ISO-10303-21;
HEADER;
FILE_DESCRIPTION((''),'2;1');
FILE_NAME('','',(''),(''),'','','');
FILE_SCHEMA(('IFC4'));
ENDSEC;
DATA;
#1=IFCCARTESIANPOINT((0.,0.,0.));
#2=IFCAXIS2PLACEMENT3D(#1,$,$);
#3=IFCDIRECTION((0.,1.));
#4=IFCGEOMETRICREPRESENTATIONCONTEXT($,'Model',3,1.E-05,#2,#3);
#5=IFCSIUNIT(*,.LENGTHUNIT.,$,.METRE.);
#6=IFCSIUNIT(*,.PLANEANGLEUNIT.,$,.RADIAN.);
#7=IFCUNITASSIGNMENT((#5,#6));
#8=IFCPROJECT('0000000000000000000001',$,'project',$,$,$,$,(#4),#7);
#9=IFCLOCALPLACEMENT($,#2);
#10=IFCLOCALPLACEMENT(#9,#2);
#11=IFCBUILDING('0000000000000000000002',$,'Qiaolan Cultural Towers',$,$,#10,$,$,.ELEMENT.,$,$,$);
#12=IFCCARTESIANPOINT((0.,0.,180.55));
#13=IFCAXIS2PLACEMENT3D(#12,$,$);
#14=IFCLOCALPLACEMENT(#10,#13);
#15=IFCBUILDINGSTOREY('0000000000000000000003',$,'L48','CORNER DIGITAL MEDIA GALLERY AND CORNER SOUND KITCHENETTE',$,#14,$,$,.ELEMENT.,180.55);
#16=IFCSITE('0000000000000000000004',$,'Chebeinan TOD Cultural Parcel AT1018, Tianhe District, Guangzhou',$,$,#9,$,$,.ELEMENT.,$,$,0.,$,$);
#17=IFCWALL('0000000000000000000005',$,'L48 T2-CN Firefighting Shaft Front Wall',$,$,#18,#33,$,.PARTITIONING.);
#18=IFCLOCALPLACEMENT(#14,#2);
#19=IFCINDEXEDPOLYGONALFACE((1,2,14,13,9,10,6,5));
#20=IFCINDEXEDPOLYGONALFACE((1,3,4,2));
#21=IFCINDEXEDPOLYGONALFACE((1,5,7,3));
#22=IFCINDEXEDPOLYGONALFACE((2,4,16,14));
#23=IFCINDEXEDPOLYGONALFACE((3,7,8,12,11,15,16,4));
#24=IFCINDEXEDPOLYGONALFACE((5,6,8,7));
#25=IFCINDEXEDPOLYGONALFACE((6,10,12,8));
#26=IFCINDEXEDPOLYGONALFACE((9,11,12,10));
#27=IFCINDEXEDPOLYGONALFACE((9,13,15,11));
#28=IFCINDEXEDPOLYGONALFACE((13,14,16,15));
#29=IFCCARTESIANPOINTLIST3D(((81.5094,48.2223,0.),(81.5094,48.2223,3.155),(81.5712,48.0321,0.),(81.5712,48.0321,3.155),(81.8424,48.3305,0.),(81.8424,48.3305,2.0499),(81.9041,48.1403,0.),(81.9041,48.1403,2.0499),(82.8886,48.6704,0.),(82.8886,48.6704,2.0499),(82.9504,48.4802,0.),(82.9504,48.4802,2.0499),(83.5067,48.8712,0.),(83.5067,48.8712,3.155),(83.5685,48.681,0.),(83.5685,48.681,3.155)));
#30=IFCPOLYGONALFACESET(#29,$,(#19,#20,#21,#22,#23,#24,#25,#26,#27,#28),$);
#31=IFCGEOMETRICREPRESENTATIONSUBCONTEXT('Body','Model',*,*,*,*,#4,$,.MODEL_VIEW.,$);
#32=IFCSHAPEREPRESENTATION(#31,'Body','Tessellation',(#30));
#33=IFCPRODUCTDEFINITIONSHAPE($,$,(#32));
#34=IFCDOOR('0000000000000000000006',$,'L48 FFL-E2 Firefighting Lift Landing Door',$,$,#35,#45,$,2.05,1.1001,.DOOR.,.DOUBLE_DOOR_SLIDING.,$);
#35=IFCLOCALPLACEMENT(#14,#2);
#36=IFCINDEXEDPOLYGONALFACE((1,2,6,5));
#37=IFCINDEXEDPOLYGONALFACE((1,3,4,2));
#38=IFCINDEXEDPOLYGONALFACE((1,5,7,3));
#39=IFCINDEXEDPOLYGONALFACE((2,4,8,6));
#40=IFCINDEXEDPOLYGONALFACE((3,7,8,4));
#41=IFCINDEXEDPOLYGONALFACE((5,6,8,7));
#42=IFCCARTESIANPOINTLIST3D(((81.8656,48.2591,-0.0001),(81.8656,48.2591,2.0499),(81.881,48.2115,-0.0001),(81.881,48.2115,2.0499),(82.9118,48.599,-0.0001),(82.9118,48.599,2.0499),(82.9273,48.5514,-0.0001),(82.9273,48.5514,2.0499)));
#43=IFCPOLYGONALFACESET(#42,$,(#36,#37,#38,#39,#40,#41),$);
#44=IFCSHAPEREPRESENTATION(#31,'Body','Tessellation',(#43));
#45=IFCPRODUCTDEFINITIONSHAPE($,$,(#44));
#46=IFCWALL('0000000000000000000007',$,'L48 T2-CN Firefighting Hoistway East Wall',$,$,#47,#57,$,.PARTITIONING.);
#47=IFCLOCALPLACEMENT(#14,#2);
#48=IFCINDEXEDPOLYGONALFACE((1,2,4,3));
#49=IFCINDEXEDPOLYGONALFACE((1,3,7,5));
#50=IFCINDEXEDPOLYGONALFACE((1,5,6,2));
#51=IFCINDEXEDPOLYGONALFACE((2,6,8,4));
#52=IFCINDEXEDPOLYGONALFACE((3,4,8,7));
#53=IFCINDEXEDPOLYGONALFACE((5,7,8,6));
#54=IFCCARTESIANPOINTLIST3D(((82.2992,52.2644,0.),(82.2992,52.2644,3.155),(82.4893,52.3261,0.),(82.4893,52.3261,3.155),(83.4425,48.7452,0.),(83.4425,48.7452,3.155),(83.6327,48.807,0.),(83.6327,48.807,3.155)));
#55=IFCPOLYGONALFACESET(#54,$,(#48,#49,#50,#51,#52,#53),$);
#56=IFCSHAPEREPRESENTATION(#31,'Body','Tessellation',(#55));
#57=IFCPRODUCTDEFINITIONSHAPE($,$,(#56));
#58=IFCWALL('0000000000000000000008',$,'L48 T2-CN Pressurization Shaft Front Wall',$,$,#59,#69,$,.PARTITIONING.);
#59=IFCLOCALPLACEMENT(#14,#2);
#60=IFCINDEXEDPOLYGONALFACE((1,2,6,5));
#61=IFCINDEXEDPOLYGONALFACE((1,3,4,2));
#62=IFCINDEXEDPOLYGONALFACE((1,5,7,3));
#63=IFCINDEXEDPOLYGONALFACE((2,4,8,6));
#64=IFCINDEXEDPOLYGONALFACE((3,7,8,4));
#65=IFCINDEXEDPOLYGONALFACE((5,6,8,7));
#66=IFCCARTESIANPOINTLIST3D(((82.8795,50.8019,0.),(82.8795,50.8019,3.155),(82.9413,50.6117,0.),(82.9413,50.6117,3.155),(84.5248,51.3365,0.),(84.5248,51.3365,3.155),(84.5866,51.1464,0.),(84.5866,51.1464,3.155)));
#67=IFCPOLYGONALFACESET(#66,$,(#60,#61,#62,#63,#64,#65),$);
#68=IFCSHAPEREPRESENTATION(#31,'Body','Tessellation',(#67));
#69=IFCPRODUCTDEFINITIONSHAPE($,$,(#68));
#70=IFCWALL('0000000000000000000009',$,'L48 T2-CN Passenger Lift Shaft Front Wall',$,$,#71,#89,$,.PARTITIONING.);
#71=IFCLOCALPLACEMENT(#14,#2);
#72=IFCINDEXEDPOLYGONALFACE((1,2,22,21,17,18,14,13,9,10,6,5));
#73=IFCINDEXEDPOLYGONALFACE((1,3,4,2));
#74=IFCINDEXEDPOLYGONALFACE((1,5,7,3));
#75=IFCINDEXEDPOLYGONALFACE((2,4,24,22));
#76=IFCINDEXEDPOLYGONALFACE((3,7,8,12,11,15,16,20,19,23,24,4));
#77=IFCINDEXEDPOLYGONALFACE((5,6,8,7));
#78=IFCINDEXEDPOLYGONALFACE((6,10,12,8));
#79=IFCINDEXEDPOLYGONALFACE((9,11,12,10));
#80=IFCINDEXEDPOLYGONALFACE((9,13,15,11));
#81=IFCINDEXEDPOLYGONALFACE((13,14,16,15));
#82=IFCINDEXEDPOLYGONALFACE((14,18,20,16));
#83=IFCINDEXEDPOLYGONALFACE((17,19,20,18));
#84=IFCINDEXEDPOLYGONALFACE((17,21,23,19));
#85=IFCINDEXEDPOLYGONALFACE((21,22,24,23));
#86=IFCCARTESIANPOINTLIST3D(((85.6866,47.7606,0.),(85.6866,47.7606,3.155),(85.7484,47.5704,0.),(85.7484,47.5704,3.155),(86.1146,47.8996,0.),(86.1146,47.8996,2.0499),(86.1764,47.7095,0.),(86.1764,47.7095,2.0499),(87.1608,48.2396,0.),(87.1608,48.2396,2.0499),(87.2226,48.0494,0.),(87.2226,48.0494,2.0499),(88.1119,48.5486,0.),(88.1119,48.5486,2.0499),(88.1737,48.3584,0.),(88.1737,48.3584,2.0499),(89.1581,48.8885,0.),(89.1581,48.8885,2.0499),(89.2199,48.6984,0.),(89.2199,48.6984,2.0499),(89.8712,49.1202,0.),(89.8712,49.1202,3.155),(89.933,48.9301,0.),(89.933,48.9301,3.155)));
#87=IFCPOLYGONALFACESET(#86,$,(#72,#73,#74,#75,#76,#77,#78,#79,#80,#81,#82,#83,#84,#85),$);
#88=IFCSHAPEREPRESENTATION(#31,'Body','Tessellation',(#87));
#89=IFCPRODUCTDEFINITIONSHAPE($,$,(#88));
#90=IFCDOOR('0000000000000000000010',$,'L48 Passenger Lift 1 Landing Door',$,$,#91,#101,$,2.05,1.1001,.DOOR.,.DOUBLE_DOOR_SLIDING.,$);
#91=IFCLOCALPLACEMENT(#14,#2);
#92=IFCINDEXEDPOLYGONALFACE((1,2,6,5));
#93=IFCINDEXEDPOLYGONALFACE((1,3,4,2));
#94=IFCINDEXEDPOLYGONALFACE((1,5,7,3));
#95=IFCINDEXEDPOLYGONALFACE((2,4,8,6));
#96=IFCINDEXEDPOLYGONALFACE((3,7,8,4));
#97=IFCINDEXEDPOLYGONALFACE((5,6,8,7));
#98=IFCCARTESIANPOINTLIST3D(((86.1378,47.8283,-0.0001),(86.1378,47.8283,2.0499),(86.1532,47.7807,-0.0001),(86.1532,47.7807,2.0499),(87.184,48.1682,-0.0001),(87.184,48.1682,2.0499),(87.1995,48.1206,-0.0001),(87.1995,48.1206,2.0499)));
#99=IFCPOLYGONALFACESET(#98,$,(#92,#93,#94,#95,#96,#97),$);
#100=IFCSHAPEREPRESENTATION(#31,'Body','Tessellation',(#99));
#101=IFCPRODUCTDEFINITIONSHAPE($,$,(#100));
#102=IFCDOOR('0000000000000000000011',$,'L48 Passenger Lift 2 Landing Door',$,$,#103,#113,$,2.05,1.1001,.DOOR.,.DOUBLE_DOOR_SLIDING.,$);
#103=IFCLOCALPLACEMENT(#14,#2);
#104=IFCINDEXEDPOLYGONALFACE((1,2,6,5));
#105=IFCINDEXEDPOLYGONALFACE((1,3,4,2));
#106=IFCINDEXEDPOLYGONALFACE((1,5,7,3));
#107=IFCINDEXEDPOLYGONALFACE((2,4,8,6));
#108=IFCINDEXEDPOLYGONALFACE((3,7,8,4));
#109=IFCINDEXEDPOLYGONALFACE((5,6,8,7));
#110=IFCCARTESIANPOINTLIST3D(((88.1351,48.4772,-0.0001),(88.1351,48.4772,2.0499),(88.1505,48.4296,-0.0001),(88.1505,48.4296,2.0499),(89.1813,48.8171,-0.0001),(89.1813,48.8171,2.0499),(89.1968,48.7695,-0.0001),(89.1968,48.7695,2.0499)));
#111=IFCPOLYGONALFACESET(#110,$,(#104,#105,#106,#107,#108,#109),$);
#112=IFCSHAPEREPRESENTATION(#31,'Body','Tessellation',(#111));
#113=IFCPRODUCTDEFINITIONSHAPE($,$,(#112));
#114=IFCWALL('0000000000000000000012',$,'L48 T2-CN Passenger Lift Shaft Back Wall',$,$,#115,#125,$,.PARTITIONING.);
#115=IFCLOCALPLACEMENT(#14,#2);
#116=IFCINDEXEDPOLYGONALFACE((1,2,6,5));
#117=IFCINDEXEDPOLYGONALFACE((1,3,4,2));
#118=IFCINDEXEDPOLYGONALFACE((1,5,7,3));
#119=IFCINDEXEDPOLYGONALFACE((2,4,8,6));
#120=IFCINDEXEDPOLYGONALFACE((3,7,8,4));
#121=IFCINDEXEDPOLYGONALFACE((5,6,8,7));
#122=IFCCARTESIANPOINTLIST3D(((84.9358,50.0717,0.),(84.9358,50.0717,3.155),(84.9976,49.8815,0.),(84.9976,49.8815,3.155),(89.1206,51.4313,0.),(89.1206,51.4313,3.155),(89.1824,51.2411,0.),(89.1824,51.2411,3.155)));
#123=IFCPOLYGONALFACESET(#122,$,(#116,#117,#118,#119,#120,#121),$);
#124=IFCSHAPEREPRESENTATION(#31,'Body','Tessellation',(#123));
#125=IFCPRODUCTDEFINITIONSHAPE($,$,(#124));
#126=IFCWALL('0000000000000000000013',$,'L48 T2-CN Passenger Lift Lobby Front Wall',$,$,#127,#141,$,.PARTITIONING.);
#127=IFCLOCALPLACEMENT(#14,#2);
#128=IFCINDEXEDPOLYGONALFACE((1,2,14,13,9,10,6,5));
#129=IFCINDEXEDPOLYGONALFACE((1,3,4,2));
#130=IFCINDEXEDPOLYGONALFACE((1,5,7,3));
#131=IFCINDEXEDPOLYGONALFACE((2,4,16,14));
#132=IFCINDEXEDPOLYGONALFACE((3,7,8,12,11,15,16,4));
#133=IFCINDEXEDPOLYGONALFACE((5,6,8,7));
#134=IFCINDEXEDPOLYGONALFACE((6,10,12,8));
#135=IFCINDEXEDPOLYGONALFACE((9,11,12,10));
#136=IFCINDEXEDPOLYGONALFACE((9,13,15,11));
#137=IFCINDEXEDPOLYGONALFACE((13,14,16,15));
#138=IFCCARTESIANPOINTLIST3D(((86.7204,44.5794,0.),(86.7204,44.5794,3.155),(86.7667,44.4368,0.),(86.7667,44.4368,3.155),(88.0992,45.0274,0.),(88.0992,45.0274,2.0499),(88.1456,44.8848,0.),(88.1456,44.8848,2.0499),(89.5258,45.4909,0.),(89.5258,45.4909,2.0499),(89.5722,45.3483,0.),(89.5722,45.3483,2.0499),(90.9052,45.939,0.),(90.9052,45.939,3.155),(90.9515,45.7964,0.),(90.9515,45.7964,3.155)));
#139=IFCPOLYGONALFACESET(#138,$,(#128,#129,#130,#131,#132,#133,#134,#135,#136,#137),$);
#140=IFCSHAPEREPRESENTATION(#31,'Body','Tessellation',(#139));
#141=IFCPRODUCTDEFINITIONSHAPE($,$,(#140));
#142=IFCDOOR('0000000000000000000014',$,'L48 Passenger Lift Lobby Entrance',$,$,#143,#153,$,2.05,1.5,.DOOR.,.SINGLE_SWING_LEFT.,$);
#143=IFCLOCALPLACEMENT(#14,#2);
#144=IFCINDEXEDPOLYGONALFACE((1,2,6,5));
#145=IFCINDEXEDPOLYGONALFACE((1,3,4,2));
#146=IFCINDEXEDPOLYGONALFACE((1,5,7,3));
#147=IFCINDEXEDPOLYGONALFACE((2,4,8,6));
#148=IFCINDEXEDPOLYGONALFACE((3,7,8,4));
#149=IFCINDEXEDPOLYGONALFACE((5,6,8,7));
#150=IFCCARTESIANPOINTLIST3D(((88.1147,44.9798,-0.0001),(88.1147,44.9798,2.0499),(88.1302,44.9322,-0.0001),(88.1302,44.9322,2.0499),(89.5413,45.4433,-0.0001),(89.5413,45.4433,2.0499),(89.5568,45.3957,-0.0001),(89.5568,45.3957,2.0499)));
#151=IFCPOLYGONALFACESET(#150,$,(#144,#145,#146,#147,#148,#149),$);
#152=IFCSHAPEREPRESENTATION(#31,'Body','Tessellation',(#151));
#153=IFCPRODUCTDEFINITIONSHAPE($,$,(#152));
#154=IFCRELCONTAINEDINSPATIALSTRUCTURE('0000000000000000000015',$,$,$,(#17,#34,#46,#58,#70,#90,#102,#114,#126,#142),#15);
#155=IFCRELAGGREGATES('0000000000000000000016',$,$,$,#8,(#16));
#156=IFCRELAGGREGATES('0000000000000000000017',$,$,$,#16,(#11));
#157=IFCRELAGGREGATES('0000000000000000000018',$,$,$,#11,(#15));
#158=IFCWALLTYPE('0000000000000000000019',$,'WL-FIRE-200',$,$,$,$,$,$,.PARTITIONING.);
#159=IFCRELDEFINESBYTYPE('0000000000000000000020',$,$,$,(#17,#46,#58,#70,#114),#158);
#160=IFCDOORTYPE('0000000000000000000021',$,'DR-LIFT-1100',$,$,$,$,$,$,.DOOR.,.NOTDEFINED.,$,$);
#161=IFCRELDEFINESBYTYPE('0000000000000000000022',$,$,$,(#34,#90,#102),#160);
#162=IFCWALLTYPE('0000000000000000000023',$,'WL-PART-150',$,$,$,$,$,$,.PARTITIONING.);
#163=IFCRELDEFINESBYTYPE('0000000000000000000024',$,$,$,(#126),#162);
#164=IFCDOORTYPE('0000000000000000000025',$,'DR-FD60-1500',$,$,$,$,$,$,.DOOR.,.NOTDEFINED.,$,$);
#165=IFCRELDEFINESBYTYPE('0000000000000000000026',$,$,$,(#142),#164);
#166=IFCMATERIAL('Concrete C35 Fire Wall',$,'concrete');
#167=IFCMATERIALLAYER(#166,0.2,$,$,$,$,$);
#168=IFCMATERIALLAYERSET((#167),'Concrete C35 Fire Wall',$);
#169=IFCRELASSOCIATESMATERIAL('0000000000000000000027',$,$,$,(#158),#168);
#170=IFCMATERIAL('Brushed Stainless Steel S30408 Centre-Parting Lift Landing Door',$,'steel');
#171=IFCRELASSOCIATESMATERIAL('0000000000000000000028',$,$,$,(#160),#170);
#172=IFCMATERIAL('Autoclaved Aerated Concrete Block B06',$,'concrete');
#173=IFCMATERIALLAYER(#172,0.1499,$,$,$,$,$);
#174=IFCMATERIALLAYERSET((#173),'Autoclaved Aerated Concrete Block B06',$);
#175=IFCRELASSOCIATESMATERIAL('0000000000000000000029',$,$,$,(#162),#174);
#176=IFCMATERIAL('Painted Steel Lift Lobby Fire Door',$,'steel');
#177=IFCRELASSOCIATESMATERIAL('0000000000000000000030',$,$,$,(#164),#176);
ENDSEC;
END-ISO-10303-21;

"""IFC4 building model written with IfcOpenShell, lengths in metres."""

from ifc_helpers import new_model, si_unit, direction, frame, frame_2d, origin, place, context, subcontext, project, spatial, rectangle, extrude, material, layer, layer_set, type_object, element, fill, save


model = new_model("IFC4")

# Units and contexts
model_context = context("Model", 3, precision=1e-05, world=origin(), true_north=direction((0.0, 1.0)))
body_context = subcontext(model_context, "Body", "Model", "MODEL_VIEW")
ifc_project = project(units=[si_unit("LENGTHUNIT", "METRE"), si_unit("PLANEANGLEUNIT", "RADIAN")], contexts=[model_context])

# Site, building, storey
site_placement = place(None, origin())
site = spatial("IfcSite", under=ifc_project, at=site_placement, Name="Chebeinan TOD Cultural Parcel AT1018, Tianhe District, Guangzhou", CompositionType="ELEMENT", RefElevation=0.0)
building_placement = place(site_placement, origin())
building = spatial("IfcBuilding", under=site, at=building_placement, Name="Qiaolan Cultural Towers", CompositionType="ELEMENT")
storey_placement = place(building_placement, frame((0.0, 0.0, 180.55)))
storey = spatial("IfcBuildingStorey", under=building, at=storey_placement, Name="L48", Description="CORNER DIGITAL MEDIA GALLERY AND CORNER SOUND KITCHENETTE", CompositionType="ELEMENT", Elevation=180.55)

# Shared definitions
ifc_material_1 = material(Name="Concrete C35 Fire Wall", Category="concrete")
ifc_layer_1 = layer(ifc_material_1, 0.2)
ifc_layer_set_1 = layer_set([ifc_layer_1], Name="Concrete C35 Fire Wall")
wall_type_1 = type_object("IfcWallType", Name="WL-FIRE-200", PredefinedType="PARTITIONING", material=ifc_layer_set_1)

# Wall, opening, door
wall_1_placement = place(storey_placement, frame((81.5403, 48.1272, 0.0), z_axis=(0.0, 0.0, 1.0), x_axis=(0.951062, 0.308999, 0.0)))
wall_1 = element("IfcWall", 1, at=wall_1_placement, inside=storey, type_object=wall_type_1, Name="L48 T2-CN Firefighting Shaft Front Wall", PredefinedType="PARTITIONING", context=body_context, shape_type="SweptSolid", body=[
    extrude(rectangle(XDim=2.1001, YDim=0.2, at=frame_2d((1.05, 0.0))), origin(), (0.0, 0.0, 1.0), 3.155),
])
opening_1_placement = place(wall_1_placement, frame((0.3501, 0.0, 0.0)))
opening_1 = element("IfcOpeningElement", 2, at=opening_1_placement, cuts=wall_1, PredefinedType="OPENING", context=body_context, shape_type="SweptSolid", body=[
    extrude(rectangle(XDim=1.1001, YDim=2.05, at=frame_2d((0.55, 1.0249))), frame((0.0, 0.1099, 0.0), z_axis=(0.0, -1.0, 0.0), x_axis=(1.0, 0.0, 0.0)), (0.0, 0.0, 1.0), 0.22),
])
ifc_material_2 = material(Name="Brushed Stainless Steel S30408 Centre-Parting Lift Landing Door", Category="steel")
door_type_1 = type_object("IfcDoorType", Name="DR-LIFT-1100", OperationType="NOTDEFINED", PredefinedType="DOOR", material=ifc_material_2)
door_1_placement = place(opening_1_placement, origin())
door_1 = element("IfcDoor", 3, at=door_1_placement, inside=storey, type_object=door_type_1, Name="L48 FFL-E2 Firefighting Lift Landing Door", OperationType="DOUBLE_DOOR_SLIDING", OverallHeight=2.05, OverallWidth=1.1001, PredefinedType="DOOR", context=body_context, shape_type="SweptSolid", body=[
    extrude(rectangle(XDim=1.1001, YDim=2.05, at=frame_2d((0.55, 1.0249))), frame((0.0, 0.0249, 0.0), z_axis=(0.0, -1.0, 0.0), x_axis=(1.0, 0.0, 0.0)), (0.0, 0.0, 1.0), 0.05),
])
fill(opening_1, door_1)

# Walls
wall_2_placement = place(storey_placement, frame((83.5376, 48.7761, 0.0), z_axis=(0.0, 0.0, 1.0), x_axis=(-0.308994, 0.951064, 0.0)))
element("IfcWall", 4, at=wall_2_placement, inside=storey, type_object=wall_type_1, Name="L48 T2-CN Firefighting Hoistway East Wall", PredefinedType="PARTITIONING", context=body_context, shape_type="SweptSolid", body=[
    extrude(rectangle(XDim=3.7002, YDim=0.2, at=frame_2d((1.8501, 0.0))), origin(), (0.0, 0.0, 1.0), 3.155),
])
wall_3_placement = place(storey_placement, frame((82.9104, 50.7068, 0.0), z_axis=(0.0, 0.0, 1.0), x_axis=(0.951041, 0.309064, 0.0)))
element("IfcWall", 5, at=wall_3_placement, inside=storey, type_object=wall_type_1, Name="L48 T2-CN Pressurization Shaft Front Wall", PredefinedType="PARTITIONING", context=body_context, shape_type="SweptSolid", body=[
    extrude(rectangle(XDim=1.73, YDim=0.2, at=frame_2d((0.865, 0.0))), origin(), (0.0, 0.0, 1.0), 3.155),
])

# Wall, openings, doors
wall_4_placement = place(storey_placement, frame((85.7175, 47.6655, 0.0), z_axis=(0.0, 0.0, 1.0), x_axis=(0.951059, 0.309011, 0.0)))
wall_4 = element("IfcWall", 6, at=wall_4_placement, inside=storey, type_object=wall_type_1, Name="L48 T2-CN Passenger Lift Shaft Front Wall", PredefinedType="PARTITIONING", context=body_context, shape_type="SweptSolid", body=[
    extrude(rectangle(XDim=4.3999, YDim=0.2, at=frame_2d((2.2, 0.0))), origin(), (0.0, 0.0, 1.0), 3.155),
])
opening_2_placement = place(wall_4_placement, frame((0.45, 0.0, 0.0)))
opening_2 = element("IfcOpeningElement", 7, at=opening_2_placement, cuts=wall_4, PredefinedType="OPENING", context=body_context, shape_type="SweptSolid", body=[
    extrude(rectangle(XDim=1.1001, YDim=2.05, at=frame_2d((0.55, 1.0249))), frame((0.0, 0.1099, 0.0), z_axis=(0.0, -1.0, 0.0), x_axis=(1.0, 0.0, 0.0)), (0.0, 0.0, 1.0), 0.22),
])
opening_3_placement = place(wall_4_placement, frame((2.55, 0.0, 0.0)))
opening_3 = element("IfcOpeningElement", 8, at=opening_3_placement, cuts=wall_4, PredefinedType="OPENING", context=body_context, shape_type="SweptSolid", body=[
    extrude(rectangle(XDim=1.1001, YDim=2.05, at=frame_2d((0.55, 1.0249))), frame((0.0, 0.1099, 0.0), z_axis=(0.0, -1.0, 0.0), x_axis=(1.0, 0.0, 0.0)), (0.0, 0.0, 1.0), 0.22),
])
door_2_placement = place(opening_2_placement, origin())
door_2 = element("IfcDoor", 9, at=door_2_placement, inside=storey, type_object=door_type_1, Name="L48 Passenger Lift 1 Landing Door", OperationType="DOUBLE_DOOR_SLIDING", OverallHeight=2.05, OverallWidth=1.1001, PredefinedType="DOOR", context=body_context, shape_type="SweptSolid", body=[
    extrude(rectangle(XDim=1.1001, YDim=2.05, at=frame_2d((0.55, 1.0249))), frame((0.0, 0.0249, 0.0), z_axis=(0.0, -1.0, 0.0), x_axis=(1.0, 0.0, 0.0)), (0.0, 0.0, 1.0), 0.05),
])
fill(opening_2, door_2)
door_3_placement = place(opening_3_placement, origin())
door_3 = element("IfcDoor", 10, at=door_3_placement, inside=storey, type_object=door_type_1, Name="L48 Passenger Lift 2 Landing Door", OperationType="DOUBLE_DOOR_SLIDING", OverallHeight=2.05, OverallWidth=1.1001, PredefinedType="DOOR", context=body_context, shape_type="SweptSolid", body=[
    extrude(rectangle(XDim=1.1001, YDim=2.05, at=frame_2d((0.55, 1.0249))), frame((0.0, 0.0249, 0.0), z_axis=(0.0, -1.0, 0.0), x_axis=(1.0, 0.0, 0.0)), (0.0, 0.0, 1.0), 0.05),
])
fill(opening_3, door_3)

# Wall
wall_5_placement = place(storey_placement, frame((84.9666, 49.9766, 0.0), z_axis=(0.0, 0.0, 1.0), x_axis=(0.951064, 0.308994, 0.0)))
element("IfcWall", 11, at=wall_5_placement, inside=storey, type_object=wall_type_1, Name="L48 T2-CN Passenger Lift Shaft Back Wall", PredefinedType="PARTITIONING", context=body_context, shape_type="SweptSolid", body=[
    extrude(rectangle(XDim=4.4001, YDim=0.2, at=frame_2d((2.2002, 0.0))), origin(), (0.0, 0.0, 1.0), 3.155),
])

# Wall, opening, door
ifc_material_3 = material(Name="Autoclaved Aerated Concrete Block B06", Category="concrete")
ifc_layer_2 = layer(ifc_material_3, 0.1499)
ifc_layer_set_2 = layer_set([ifc_layer_2], Name="Autoclaved Aerated Concrete Block B06")
wall_type_2 = type_object("IfcWallType", Name="WL-PART-150", PredefinedType="PARTITIONING", material=ifc_layer_set_2)
wall_6_placement = place(storey_placement, frame((86.7434, 44.5081, 0.0), z_axis=(0.0, 0.0, 1.0), x_axis=(0.951064, 0.308994, 0.0)))
wall_6 = element("IfcWall", 12, at=wall_6_placement, inside=storey, type_object=wall_type_2, Name="L48 T2-CN Passenger Lift Lobby Front Wall", PredefinedType="PARTITIONING", context=body_context, shape_type="SweptSolid", body=[
    extrude(rectangle(XDim=4.4001, YDim=0.1499, at=frame_2d((2.2002, 0.0))), origin(), (0.0, 0.0, 1.0), 3.155),
])
opening_4_placement = place(wall_6_placement, frame((1.45, 0.0, 0.0)))
opening_4 = element("IfcOpeningElement", 13, at=opening_4_placement, cuts=wall_6, PredefinedType="OPENING", context=body_context, shape_type="SweptSolid", body=[
    extrude(rectangle(XDim=1.5, YDim=2.05, at=frame_2d((0.75, 1.0249))), frame((0.0, 0.085, 0.0), z_axis=(0.0, -1.0, 0.0), x_axis=(1.0, 0.0, 0.0)), (0.0, 0.0, 1.0), 0.1699),
])
ifc_material_4 = material(Name="Painted Steel Lift Lobby Fire Door", Category="steel")
door_type_2 = type_object("IfcDoorType", Name="DR-FD60-1500", OperationType="NOTDEFINED", PredefinedType="DOOR", material=ifc_material_4)
door_4_placement = place(opening_4_placement, origin())
door_4 = element("IfcDoor", 14, at=door_4_placement, inside=storey, type_object=door_type_2, Name="L48 Passenger Lift Lobby Entrance", OperationType="SINGLE_SWING_LEFT", OverallHeight=2.05, OverallWidth=1.5, PredefinedType="DOOR", context=body_context, shape_type="SweptSolid", body=[
    extrude(rectangle(XDim=1.5, YDim=2.05, at=frame_2d((0.75, 1.0249))), frame((0.0, 0.0249, 0.0), z_axis=(0.0, -1.0, 0.0), x_axis=(1.0, 0.0, 0.0)), (0.0, 0.0, 1.0), 0.05),
])
fill(opening_4, door_4)

save(model, "model.ifc")
